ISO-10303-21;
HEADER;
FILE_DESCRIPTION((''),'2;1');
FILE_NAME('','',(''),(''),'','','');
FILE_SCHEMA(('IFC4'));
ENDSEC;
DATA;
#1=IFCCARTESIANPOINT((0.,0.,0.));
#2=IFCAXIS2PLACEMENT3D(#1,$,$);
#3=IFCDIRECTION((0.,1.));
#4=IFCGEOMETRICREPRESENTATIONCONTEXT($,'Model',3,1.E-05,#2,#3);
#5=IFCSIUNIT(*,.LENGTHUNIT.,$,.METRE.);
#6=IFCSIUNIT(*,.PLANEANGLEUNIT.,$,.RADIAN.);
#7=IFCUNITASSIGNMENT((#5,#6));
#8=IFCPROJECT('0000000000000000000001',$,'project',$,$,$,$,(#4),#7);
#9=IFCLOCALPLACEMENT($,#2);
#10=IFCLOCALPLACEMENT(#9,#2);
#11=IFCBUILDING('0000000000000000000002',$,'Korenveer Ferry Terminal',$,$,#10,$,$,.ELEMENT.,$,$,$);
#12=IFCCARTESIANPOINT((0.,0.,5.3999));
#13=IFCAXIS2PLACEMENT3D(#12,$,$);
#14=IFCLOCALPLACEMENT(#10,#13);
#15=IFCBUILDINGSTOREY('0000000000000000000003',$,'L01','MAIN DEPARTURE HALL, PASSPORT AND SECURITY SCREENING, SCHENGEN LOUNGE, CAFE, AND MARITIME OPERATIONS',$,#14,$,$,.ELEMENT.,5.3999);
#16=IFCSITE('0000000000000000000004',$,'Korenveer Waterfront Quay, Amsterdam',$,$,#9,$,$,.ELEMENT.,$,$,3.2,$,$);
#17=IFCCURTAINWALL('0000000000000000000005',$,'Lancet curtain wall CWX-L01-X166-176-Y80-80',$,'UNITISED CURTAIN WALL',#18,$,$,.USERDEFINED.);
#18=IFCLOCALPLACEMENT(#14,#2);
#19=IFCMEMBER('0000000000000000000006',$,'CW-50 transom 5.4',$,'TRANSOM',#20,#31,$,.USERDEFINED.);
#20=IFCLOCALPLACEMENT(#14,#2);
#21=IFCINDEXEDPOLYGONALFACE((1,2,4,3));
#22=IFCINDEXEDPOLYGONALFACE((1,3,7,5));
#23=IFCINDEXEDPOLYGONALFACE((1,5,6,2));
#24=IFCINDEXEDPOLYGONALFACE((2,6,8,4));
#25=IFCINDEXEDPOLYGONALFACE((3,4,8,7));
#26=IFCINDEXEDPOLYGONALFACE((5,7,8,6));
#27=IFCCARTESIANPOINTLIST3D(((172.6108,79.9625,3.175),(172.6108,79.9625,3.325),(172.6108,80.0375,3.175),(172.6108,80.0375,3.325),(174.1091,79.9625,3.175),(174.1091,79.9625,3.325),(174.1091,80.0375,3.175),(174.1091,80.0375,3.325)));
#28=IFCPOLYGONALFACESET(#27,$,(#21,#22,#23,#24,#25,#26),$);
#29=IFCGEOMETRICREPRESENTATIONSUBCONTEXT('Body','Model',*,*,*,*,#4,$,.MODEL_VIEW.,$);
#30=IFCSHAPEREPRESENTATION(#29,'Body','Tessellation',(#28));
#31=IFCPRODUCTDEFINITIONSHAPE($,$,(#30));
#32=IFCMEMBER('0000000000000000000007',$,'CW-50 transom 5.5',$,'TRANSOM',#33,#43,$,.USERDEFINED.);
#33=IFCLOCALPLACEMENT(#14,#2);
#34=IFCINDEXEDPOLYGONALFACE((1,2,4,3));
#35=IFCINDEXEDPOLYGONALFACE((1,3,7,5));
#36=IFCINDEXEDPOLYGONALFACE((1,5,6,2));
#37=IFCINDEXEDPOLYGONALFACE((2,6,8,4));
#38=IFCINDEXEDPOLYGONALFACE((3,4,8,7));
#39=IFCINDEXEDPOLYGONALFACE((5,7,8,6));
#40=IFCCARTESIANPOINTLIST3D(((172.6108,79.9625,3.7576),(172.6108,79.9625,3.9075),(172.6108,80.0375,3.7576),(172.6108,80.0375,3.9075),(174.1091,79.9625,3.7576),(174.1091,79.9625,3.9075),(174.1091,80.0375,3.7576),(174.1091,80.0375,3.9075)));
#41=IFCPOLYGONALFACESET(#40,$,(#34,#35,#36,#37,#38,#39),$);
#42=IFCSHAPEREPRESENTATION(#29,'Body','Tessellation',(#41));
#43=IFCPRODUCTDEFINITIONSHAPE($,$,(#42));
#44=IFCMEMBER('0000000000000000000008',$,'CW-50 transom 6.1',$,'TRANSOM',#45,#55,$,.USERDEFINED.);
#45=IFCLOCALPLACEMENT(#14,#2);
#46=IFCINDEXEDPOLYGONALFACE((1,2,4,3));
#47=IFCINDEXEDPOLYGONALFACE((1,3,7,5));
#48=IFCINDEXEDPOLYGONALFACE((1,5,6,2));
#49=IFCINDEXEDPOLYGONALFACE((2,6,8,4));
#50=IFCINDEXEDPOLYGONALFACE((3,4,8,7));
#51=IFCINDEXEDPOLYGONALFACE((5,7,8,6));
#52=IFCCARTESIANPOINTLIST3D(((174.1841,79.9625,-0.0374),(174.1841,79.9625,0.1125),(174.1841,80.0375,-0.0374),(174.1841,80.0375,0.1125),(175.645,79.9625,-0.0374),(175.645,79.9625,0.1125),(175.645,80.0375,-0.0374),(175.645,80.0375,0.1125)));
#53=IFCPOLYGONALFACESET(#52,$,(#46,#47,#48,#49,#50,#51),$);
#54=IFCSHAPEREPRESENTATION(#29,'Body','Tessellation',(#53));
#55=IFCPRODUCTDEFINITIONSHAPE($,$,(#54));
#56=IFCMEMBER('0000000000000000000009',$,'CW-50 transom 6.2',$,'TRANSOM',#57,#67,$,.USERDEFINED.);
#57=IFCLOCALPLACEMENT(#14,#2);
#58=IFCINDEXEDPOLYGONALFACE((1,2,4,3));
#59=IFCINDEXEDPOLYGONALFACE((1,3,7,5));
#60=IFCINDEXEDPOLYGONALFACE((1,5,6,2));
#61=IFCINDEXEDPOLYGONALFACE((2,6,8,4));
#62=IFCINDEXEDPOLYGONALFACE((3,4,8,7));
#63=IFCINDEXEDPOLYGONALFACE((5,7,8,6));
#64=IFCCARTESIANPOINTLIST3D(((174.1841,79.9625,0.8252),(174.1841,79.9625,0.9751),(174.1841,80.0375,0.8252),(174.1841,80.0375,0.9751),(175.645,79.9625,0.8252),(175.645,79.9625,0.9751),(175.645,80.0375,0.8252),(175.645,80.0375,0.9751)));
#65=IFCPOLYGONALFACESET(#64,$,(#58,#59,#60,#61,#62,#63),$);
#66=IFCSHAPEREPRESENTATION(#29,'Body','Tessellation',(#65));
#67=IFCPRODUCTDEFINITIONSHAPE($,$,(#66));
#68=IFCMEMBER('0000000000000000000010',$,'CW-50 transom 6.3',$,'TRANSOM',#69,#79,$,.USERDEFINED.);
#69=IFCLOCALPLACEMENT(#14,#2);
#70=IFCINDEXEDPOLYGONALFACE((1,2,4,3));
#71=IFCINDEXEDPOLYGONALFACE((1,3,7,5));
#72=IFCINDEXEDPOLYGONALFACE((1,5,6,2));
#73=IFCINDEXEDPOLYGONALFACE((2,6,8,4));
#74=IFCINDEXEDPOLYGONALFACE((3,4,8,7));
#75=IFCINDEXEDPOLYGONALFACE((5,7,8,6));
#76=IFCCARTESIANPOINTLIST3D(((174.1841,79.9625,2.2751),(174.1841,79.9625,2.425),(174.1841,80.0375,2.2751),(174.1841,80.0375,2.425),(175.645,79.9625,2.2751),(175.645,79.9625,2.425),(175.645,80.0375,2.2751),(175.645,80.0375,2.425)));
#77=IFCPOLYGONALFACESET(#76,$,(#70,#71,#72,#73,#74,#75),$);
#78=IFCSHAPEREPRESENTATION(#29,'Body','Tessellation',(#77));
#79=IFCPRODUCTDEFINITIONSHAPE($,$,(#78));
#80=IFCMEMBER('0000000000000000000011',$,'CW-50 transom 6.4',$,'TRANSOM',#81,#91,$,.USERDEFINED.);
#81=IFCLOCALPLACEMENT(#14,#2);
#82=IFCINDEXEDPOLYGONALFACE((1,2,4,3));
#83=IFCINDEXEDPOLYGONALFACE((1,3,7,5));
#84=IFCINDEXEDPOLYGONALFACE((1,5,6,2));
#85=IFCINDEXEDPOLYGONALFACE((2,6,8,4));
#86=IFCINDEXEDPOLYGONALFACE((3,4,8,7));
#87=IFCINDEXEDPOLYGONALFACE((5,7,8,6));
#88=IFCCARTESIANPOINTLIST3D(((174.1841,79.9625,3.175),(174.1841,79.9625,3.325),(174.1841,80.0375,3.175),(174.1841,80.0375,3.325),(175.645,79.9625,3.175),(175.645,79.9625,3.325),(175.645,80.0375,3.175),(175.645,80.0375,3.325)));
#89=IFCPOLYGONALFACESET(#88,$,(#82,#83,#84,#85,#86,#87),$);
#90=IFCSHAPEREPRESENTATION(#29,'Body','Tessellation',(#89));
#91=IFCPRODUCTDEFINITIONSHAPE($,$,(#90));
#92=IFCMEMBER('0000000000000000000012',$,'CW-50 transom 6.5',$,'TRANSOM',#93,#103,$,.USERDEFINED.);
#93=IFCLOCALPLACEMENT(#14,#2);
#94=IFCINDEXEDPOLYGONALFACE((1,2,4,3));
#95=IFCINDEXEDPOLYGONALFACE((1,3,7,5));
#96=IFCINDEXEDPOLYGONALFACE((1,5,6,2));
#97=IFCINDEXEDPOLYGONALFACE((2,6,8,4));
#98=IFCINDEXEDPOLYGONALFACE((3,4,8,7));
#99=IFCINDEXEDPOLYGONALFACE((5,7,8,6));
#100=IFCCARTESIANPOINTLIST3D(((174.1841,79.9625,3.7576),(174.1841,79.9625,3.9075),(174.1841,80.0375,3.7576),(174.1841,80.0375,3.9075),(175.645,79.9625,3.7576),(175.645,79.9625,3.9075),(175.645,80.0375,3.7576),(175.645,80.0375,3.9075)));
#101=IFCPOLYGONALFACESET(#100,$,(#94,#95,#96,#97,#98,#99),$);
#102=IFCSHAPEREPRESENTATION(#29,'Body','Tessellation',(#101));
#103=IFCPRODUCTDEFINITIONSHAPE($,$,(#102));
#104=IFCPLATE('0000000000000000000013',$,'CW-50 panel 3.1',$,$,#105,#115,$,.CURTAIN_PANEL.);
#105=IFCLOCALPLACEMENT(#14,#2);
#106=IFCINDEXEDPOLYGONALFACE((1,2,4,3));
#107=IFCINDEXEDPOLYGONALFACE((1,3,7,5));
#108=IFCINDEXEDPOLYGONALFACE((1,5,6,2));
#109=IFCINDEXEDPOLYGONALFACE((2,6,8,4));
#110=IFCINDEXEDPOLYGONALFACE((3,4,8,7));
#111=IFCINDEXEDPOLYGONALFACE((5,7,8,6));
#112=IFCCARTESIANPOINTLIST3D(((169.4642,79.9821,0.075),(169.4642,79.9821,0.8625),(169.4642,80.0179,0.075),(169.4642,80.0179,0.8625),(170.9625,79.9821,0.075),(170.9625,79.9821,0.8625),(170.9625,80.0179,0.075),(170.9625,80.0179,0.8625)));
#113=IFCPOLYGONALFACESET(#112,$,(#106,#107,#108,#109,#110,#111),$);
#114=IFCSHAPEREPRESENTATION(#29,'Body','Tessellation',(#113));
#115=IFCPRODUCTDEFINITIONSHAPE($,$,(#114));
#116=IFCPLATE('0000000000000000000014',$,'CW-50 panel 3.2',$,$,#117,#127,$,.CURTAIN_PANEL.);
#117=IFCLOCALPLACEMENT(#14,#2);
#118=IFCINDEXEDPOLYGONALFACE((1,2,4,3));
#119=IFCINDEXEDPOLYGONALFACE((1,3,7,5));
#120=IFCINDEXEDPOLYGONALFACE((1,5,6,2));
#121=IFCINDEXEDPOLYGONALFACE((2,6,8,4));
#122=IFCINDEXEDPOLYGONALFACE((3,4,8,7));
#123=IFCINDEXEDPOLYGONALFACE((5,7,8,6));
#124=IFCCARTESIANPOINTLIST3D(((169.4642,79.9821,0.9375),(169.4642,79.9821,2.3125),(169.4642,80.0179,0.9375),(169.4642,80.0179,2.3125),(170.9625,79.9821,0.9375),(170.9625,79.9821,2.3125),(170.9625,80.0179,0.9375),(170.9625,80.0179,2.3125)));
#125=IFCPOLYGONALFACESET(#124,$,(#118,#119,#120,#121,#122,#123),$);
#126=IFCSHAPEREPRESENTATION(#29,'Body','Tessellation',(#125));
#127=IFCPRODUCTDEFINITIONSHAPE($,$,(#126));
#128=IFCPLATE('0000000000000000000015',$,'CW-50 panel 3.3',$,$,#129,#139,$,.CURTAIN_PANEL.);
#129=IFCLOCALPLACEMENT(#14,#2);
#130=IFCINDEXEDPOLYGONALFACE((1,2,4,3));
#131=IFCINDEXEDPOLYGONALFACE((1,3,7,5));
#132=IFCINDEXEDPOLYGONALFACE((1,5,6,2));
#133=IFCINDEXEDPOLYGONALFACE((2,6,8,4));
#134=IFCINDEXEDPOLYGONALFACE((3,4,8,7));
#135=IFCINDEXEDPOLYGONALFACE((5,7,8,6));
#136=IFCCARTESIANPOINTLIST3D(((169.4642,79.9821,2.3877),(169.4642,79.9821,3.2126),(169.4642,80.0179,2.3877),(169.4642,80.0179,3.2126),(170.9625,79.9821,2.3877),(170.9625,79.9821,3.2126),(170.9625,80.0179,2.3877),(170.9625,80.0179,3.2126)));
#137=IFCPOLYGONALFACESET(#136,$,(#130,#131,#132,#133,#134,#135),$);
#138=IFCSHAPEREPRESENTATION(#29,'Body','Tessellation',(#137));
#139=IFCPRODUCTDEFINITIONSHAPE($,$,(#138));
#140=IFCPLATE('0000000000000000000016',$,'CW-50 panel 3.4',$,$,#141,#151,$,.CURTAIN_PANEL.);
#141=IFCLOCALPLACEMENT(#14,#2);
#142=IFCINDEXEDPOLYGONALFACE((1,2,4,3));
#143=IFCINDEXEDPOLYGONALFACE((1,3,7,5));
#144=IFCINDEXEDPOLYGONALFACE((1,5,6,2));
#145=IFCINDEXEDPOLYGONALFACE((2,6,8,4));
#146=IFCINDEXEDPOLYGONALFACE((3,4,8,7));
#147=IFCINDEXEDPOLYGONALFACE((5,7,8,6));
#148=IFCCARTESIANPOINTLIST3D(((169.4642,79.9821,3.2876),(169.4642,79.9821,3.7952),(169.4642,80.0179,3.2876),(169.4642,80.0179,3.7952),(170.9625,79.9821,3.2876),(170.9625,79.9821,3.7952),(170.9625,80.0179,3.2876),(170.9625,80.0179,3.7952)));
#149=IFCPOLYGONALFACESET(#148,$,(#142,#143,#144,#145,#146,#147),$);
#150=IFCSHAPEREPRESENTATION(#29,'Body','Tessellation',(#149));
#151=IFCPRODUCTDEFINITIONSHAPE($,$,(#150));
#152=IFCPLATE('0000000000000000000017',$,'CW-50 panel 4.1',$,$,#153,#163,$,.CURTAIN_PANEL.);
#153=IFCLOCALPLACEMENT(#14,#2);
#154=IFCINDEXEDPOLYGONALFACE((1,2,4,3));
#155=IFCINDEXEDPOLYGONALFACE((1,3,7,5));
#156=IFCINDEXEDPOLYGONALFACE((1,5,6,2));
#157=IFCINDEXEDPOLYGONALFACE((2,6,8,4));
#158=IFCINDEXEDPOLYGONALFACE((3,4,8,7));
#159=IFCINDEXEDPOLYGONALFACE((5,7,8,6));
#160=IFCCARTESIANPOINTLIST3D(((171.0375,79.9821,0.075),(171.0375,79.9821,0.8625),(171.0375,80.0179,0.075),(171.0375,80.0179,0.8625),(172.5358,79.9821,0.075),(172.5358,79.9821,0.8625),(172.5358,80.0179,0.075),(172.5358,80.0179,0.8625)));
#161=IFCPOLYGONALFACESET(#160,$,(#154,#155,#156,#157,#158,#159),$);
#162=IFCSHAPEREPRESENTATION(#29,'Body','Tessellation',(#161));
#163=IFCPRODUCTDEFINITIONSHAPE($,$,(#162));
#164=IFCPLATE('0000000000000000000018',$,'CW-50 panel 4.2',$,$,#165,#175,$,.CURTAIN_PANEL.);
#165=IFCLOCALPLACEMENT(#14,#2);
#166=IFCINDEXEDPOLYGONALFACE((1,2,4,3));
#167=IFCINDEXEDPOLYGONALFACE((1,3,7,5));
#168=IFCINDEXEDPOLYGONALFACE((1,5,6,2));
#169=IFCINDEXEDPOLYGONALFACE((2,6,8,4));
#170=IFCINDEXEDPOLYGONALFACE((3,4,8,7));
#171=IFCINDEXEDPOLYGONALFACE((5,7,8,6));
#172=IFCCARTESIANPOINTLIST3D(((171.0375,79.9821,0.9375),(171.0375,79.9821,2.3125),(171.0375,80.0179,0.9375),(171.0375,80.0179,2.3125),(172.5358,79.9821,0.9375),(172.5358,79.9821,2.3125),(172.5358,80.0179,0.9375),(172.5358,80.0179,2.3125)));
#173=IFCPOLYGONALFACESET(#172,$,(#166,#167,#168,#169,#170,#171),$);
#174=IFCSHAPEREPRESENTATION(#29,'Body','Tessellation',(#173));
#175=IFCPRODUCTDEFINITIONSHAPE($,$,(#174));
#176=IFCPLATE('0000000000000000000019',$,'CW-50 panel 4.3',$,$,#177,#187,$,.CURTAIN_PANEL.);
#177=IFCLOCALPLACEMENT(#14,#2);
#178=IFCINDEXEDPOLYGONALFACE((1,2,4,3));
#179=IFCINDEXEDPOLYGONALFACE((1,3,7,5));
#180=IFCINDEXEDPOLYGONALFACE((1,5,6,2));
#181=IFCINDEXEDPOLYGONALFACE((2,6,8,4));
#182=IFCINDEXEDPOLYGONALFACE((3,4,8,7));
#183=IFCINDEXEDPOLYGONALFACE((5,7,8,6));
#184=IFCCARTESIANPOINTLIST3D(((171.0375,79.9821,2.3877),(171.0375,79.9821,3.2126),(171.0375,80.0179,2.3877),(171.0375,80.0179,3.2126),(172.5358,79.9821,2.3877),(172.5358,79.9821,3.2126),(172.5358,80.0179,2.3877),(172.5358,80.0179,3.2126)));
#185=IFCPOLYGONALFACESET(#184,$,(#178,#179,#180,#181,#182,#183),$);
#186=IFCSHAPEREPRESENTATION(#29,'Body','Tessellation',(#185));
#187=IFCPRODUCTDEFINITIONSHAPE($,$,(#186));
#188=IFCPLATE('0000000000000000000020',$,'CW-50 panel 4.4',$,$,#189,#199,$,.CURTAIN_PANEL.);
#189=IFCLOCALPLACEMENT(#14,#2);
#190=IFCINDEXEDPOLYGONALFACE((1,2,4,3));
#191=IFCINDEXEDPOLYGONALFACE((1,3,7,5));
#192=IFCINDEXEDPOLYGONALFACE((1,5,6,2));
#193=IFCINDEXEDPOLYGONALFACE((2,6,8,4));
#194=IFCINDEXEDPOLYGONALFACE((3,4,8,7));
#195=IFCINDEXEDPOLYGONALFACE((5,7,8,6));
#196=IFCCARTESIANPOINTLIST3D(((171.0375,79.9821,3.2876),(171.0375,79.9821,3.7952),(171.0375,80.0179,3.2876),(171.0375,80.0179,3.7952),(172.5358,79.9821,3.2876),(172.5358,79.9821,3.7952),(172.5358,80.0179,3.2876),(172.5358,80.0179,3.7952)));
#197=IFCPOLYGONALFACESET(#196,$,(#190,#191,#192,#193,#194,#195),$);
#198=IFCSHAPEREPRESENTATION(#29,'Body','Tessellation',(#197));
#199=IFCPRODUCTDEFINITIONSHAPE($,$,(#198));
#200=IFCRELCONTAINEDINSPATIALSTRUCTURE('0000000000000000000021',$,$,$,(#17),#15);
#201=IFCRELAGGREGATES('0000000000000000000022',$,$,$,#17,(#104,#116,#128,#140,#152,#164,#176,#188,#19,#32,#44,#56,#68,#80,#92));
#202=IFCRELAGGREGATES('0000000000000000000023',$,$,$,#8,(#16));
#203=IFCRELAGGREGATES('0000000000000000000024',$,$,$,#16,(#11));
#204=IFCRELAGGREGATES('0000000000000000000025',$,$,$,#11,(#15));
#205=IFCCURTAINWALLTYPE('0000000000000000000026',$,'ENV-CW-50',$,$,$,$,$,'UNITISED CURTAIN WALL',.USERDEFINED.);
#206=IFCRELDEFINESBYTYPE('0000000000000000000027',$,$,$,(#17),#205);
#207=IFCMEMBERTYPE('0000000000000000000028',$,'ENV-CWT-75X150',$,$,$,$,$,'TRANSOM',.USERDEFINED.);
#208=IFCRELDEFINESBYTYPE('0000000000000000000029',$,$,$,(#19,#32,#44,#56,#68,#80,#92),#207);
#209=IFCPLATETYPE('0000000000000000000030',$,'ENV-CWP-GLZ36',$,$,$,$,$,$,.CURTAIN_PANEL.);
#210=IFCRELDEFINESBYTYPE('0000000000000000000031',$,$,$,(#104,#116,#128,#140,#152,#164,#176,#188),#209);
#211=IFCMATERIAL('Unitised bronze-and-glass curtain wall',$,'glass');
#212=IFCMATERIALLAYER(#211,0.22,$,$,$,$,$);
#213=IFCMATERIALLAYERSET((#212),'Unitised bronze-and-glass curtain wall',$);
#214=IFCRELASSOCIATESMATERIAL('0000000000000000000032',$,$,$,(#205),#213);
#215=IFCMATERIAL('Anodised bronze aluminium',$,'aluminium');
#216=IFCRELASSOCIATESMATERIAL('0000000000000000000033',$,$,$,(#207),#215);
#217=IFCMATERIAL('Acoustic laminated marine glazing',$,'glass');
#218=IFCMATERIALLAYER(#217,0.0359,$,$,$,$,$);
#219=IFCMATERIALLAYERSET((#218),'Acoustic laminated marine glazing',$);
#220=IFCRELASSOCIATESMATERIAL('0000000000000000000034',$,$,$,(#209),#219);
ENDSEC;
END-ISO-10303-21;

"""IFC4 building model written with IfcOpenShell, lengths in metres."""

from ifc_helpers import new_model, si_unit, direction, frame, origin, origin_2d, place, context, subcontext, project, spatial, rectangle, extrude, material, layer, layer_set, material_profile, profile_set, type_object, element, aggregate, save


model = new_model("IFC4")

# Units and contexts
model_context = context("Model", 3, precision=1e-05, world=origin(), true_north=direction((0.0, 1.0)))
body_context = subcontext(model_context, "Body", "Model", "MODEL_VIEW")
ifc_project = project(units=[si_unit("LENGTHUNIT", "METRE"), si_unit("PLANEANGLEUNIT", "RADIAN")], contexts=[model_context])

# Site, building, storey
site_placement = place(None, origin())
site = spatial("IfcSite", under=ifc_project, at=site_placement, Name="Korenveer Waterfront Quay, Amsterdam", CompositionType="ELEMENT", RefElevation=3.2)
building_placement = place(site_placement, origin())
building = spatial("IfcBuilding", under=site, at=building_placement, Name="Korenveer Ferry Terminal", CompositionType="ELEMENT")
storey_placement = place(building_placement, frame((0.0, 0.0, 5.3999)))
storey = spatial("IfcBuildingStorey", under=building, at=storey_placement, Name="L01", Description="MAIN DEPARTURE HALL, PASSPORT AND SECURITY SCREENING, SCHENGEN LOUNGE, CAFE, AND MARITIME OPERATIONS", CompositionType="ELEMENT", Elevation=5.3999)

# Curtain wall, members, plates
ifc_material_1 = material(Name="Unitised bronze-and-glass curtain wall", Category="glass")
ifc_layer_1 = layer(ifc_material_1, 0.22)
ifc_layer_set_1 = layer_set([ifc_layer_1], Name="Unitised bronze-and-glass curtain wall")
curtain_wall_type = type_object("IfcCurtainWallType", Name="ENV-CW-50", ElementType="UNITISED CURTAIN WALL", PredefinedType="USERDEFINED", material=ifc_layer_set_1)
curtain_wall_placement = place(storey_placement, frame((166.28, 80.0, 0.0)))
curtain_wall = element("IfcCurtainWall", 1, at=curtain_wall_placement, inside=storey, type_object=curtain_wall_type, Name="Lancet curtain wall CWX-L01-X166-176-Y80-80", ObjectType="UNITISED CURTAIN WALL", PredefinedType="USERDEFINED")
ifc_material_2 = material(Name="Anodised bronze aluminium", Category="aluminium")
ifc_material_profile_1 = material_profile(ifc_material_2, rectangle(XDim=0.075, YDim=0.1499, at=origin_2d()), Name="ALU 75x150")
ifc_profile_set_1 = profile_set([ifc_material_profile_1], Name="Anodised bronze aluminium")
member_type_1 = type_object("IfcMemberType", Name="ENV-CWT-75X150", ElementType="TRANSOM", PredefinedType="USERDEFINED", material=ifc_profile_set_1)
member_1_placement = place(storey_placement, frame((172.6108, 80.0, 3.25), z_axis=(1.0, 0.0, 0.0), x_axis=(0.0, 1.0, 0.0)))
member_1 = element("IfcMember", 2, at=member_1_placement, type_object=member_type_1, Name="CW-50 transom 5.4", ObjectType="TRANSOM", PredefinedType="USERDEFINED", context=body_context, shape_type="SweptSolid", body=[
    extrude(rectangle(XDim=0.075, YDim=0.1499, at=origin_2d()), origin(), (0.0, 0.0, 1.0), 1.4983),
])
member_2_placement = place(storey_placement, frame((172.6108, 80.0, 3.8325), z_axis=(1.0, 0.0, 0.0), x_axis=(0.0, 1.0, 0.0)))
member_2 = element("IfcMember", 3, at=member_2_placement, type_object=member_type_1, Name="CW-50 transom 5.5", ObjectType="TRANSOM", PredefinedType="USERDEFINED", context=body_context, shape_type="SweptSolid", body=[
    extrude(rectangle(XDim=0.075, YDim=0.1499, at=origin_2d()), origin(), (0.0, 0.0, 1.0), 1.4983),
])
member_3_placement = place(storey_placement, frame((174.1841, 80.0, 0.0376), z_axis=(1.0, 0.0, 0.0), x_axis=(0.0, 1.0, 0.0)))
member_3 = element("IfcMember", 4, at=member_3_placement, type_object=member_type_1, Name="CW-50 transom 6.1", ObjectType="TRANSOM", PredefinedType="USERDEFINED", context=body_context, shape_type="SweptSolid", body=[
    extrude(rectangle(XDim=0.075, YDim=0.1499, at=origin_2d()), origin(), (0.0, 0.0, 1.0), 1.4609),
])
member_4_placement = place(storey_placement, frame((174.1841, 80.0, 0.9001), z_axis=(1.0, 0.0, 0.0), x_axis=(0.0, 1.0, 0.0)))
member_4 = element("IfcMember", 5, at=member_4_placement, type_object=member_type_1, Name="CW-50 transom 6.2", ObjectType="TRANSOM", PredefinedType="USERDEFINED", context=body_context, shape_type="SweptSolid", body=[
    extrude(rectangle(XDim=0.075, YDim=0.1499, at=origin_2d()), origin(), (0.0, 0.0, 1.0), 1.4609),
])
member_5_placement = place(storey_placement, frame((174.1841, 80.0, 2.3501), z_axis=(1.0, 0.0, 0.0), x_axis=(0.0, 1.0, 0.0)))
member_5 = element("IfcMember", 6, at=member_5_placement, type_object=member_type_1, Name="CW-50 transom 6.3", ObjectType="TRANSOM", PredefinedType="USERDEFINED", context=body_context, shape_type="SweptSolid", body=[
    extrude(rectangle(XDim=0.075, YDim=0.1499, at=origin_2d()), origin(), (0.0, 0.0, 1.0), 1.4609),
])
member_6_placement = place(storey_placement, frame((174.1841, 80.0, 3.25), z_axis=(1.0, 0.0, 0.0), x_axis=(0.0, 1.0, 0.0)))
member_6 = element("IfcMember", 7, at=member_6_placement, type_object=member_type_1, Name="CW-50 transom 6.4", ObjectType="TRANSOM", PredefinedType="USERDEFINED", context=body_context, shape_type="SweptSolid", body=[
    extrude(rectangle(XDim=0.075, YDim=0.1499, at=origin_2d()), origin(), (0.0, 0.0, 1.0), 1.4609),
])
member_7_placement = place(storey_placement, frame((174.1841, 80.0, 3.8325), z_axis=(1.0, 0.0, 0.0), x_axis=(0.0, 1.0, 0.0)))
member_7 = element("IfcMember", 8, at=member_7_placement, type_object=member_type_1, Name="CW-50 transom 6.5", ObjectType="TRANSOM", PredefinedType="USERDEFINED", context=body_context, shape_type="SweptSolid", body=[
    extrude(rectangle(XDim=0.075, YDim=0.1499, at=origin_2d()), origin(), (0.0, 0.0, 1.0), 1.4609),
])
ifc_material_3 = material(Name="Acoustic laminated marine glazing", Category="glass")
ifc_layer_2 = layer(ifc_material_3, 0.0359)
ifc_layer_set_2 = layer_set([ifc_layer_2], Name="Acoustic laminated marine glazing")
plate_type = type_object("IfcPlateType", Name="ENV-CWP-GLZ36", PredefinedType="CURTAIN_PANEL", material=ifc_layer_set_2)
plate_1_placement = place(storey_placement, frame((170.2134, 80.0, 0.075), z_axis=(0.0, 0.0, 1.0), x_axis=(1.0, 0.0, 0.0)))
plate_1 = element("IfcPlate", 9, at=plate_1_placement, type_object=plate_type, Name="CW-50 panel 3.1", PredefinedType="CURTAIN_PANEL", context=body_context, shape_type="SweptSolid", body=[
    extrude(rectangle(XDim=1.4983, YDim=0.0359, at=origin_2d()), origin(), (0.0, 0.0, 1.0), 0.7876),
])
plate_2_placement = place(storey_placement, frame((170.2134, 80.0, 0.9375), z_axis=(0.0, 0.0, 1.0), x_axis=(1.0, 0.0, 0.0)))
plate_2 = element("IfcPlate", 10, at=plate_2_placement, type_object=plate_type, Name="CW-50 panel 3.2", PredefinedType="CURTAIN_PANEL", context=body_context, shape_type="SweptSolid", body=[
    extrude(rectangle(XDim=1.4983, YDim=0.0359, at=origin_2d()), origin(), (0.0, 0.0, 1.0), 1.375),
])
plate_3_placement = place(storey_placement, frame((170.2134, 80.0, 2.3877), z_axis=(0.0, 0.0, 1.0), x_axis=(1.0, 0.0, 0.0)))
plate_3 = element("IfcPlate", 11, at=plate_3_placement, type_object=plate_type, Name="CW-50 panel 3.3", PredefinedType="CURTAIN_PANEL", context=body_context, shape_type="SweptSolid", body=[
    extrude(rectangle(XDim=1.4983, YDim=0.0359, at=origin_2d()), origin(), (0.0, 0.0, 1.0), 0.825),
])
plate_4_placement = place(storey_placement, frame((170.2134, 80.0, 3.2876), z_axis=(0.0, 0.0, 1.0), x_axis=(1.0, 0.0, 0.0)))
plate_4 = element("IfcPlate", 12, at=plate_4_placement, type_object=plate_type, Name="CW-50 panel 3.4", PredefinedType="CURTAIN_PANEL", context=body_context, shape_type="SweptSolid", body=[
    extrude(rectangle(XDim=1.4983, YDim=0.0359, at=origin_2d()), origin(), (0.0, 0.0, 1.0), 0.5076),
])
plate_5_placement = place(storey_placement, frame((171.7866, 80.0, 0.075), z_axis=(0.0, 0.0, 1.0), x_axis=(1.0, 0.0, 0.0)))
plate_5 = element("IfcPlate", 13, at=plate_5_placement, type_object=plate_type, Name="CW-50 panel 4.1", PredefinedType="CURTAIN_PANEL", context=body_context, shape_type="SweptSolid", body=[
    extrude(rectangle(XDim=1.4983, YDim=0.0359, at=origin_2d()), origin(), (0.0, 0.0, 1.0), 0.7876),
])
plate_6_placement = place(storey_placement, frame((171.7866, 80.0, 0.9375), z_axis=(0.0, 0.0, 1.0), x_axis=(1.0, 0.0, 0.0)))
plate_6 = element("IfcPlate", 14, at=plate_6_placement, type_object=plate_type, Name="CW-50 panel 4.2", PredefinedType="CURTAIN_PANEL", context=body_context, shape_type="SweptSolid", body=[
    extrude(rectangle(XDim=1.4983, YDim=0.0359, at=origin_2d()), origin(), (0.0, 0.0, 1.0), 1.375),
])
plate_7_placement = place(storey_placement, frame((171.7866, 80.0, 2.3877), z_axis=(0.0, 0.0, 1.0), x_axis=(1.0, 0.0, 0.0)))
plate_7 = element("IfcPlate", 15, at=plate_7_placement, type_object=plate_type, Name="CW-50 panel 4.3", PredefinedType="CURTAIN_PANEL", context=body_context, shape_type="SweptSolid", body=[
    extrude(rectangle(XDim=1.4983, YDim=0.0359, at=origin_2d()), origin(), (0.0, 0.0, 1.0), 0.825),
])
plate_8_placement = place(storey_placement, frame((171.7866, 80.0, 3.2876), z_axis=(0.0, 0.0, 1.0), x_axis=(1.0, 0.0, 0.0)))
plate_8 = element("IfcPlate", 16, at=plate_8_placement, type_object=plate_type, Name="CW-50 panel 4.4", PredefinedType="CURTAIN_PANEL", context=body_context, shape_type="SweptSolid", body=[
    extrude(rectangle(XDim=1.4983, YDim=0.0359, at=origin_2d()), origin(), (0.0, 0.0, 1.0), 0.5076),
])
aggregate(curtain_wall, [plate_1, plate_2, plate_3, plate_4, plate_5, plate_6, plate_7, plate_8, member_1, member_2, member_3, member_4, member_5, member_6, member_7])

save(model, "model.ifc")
